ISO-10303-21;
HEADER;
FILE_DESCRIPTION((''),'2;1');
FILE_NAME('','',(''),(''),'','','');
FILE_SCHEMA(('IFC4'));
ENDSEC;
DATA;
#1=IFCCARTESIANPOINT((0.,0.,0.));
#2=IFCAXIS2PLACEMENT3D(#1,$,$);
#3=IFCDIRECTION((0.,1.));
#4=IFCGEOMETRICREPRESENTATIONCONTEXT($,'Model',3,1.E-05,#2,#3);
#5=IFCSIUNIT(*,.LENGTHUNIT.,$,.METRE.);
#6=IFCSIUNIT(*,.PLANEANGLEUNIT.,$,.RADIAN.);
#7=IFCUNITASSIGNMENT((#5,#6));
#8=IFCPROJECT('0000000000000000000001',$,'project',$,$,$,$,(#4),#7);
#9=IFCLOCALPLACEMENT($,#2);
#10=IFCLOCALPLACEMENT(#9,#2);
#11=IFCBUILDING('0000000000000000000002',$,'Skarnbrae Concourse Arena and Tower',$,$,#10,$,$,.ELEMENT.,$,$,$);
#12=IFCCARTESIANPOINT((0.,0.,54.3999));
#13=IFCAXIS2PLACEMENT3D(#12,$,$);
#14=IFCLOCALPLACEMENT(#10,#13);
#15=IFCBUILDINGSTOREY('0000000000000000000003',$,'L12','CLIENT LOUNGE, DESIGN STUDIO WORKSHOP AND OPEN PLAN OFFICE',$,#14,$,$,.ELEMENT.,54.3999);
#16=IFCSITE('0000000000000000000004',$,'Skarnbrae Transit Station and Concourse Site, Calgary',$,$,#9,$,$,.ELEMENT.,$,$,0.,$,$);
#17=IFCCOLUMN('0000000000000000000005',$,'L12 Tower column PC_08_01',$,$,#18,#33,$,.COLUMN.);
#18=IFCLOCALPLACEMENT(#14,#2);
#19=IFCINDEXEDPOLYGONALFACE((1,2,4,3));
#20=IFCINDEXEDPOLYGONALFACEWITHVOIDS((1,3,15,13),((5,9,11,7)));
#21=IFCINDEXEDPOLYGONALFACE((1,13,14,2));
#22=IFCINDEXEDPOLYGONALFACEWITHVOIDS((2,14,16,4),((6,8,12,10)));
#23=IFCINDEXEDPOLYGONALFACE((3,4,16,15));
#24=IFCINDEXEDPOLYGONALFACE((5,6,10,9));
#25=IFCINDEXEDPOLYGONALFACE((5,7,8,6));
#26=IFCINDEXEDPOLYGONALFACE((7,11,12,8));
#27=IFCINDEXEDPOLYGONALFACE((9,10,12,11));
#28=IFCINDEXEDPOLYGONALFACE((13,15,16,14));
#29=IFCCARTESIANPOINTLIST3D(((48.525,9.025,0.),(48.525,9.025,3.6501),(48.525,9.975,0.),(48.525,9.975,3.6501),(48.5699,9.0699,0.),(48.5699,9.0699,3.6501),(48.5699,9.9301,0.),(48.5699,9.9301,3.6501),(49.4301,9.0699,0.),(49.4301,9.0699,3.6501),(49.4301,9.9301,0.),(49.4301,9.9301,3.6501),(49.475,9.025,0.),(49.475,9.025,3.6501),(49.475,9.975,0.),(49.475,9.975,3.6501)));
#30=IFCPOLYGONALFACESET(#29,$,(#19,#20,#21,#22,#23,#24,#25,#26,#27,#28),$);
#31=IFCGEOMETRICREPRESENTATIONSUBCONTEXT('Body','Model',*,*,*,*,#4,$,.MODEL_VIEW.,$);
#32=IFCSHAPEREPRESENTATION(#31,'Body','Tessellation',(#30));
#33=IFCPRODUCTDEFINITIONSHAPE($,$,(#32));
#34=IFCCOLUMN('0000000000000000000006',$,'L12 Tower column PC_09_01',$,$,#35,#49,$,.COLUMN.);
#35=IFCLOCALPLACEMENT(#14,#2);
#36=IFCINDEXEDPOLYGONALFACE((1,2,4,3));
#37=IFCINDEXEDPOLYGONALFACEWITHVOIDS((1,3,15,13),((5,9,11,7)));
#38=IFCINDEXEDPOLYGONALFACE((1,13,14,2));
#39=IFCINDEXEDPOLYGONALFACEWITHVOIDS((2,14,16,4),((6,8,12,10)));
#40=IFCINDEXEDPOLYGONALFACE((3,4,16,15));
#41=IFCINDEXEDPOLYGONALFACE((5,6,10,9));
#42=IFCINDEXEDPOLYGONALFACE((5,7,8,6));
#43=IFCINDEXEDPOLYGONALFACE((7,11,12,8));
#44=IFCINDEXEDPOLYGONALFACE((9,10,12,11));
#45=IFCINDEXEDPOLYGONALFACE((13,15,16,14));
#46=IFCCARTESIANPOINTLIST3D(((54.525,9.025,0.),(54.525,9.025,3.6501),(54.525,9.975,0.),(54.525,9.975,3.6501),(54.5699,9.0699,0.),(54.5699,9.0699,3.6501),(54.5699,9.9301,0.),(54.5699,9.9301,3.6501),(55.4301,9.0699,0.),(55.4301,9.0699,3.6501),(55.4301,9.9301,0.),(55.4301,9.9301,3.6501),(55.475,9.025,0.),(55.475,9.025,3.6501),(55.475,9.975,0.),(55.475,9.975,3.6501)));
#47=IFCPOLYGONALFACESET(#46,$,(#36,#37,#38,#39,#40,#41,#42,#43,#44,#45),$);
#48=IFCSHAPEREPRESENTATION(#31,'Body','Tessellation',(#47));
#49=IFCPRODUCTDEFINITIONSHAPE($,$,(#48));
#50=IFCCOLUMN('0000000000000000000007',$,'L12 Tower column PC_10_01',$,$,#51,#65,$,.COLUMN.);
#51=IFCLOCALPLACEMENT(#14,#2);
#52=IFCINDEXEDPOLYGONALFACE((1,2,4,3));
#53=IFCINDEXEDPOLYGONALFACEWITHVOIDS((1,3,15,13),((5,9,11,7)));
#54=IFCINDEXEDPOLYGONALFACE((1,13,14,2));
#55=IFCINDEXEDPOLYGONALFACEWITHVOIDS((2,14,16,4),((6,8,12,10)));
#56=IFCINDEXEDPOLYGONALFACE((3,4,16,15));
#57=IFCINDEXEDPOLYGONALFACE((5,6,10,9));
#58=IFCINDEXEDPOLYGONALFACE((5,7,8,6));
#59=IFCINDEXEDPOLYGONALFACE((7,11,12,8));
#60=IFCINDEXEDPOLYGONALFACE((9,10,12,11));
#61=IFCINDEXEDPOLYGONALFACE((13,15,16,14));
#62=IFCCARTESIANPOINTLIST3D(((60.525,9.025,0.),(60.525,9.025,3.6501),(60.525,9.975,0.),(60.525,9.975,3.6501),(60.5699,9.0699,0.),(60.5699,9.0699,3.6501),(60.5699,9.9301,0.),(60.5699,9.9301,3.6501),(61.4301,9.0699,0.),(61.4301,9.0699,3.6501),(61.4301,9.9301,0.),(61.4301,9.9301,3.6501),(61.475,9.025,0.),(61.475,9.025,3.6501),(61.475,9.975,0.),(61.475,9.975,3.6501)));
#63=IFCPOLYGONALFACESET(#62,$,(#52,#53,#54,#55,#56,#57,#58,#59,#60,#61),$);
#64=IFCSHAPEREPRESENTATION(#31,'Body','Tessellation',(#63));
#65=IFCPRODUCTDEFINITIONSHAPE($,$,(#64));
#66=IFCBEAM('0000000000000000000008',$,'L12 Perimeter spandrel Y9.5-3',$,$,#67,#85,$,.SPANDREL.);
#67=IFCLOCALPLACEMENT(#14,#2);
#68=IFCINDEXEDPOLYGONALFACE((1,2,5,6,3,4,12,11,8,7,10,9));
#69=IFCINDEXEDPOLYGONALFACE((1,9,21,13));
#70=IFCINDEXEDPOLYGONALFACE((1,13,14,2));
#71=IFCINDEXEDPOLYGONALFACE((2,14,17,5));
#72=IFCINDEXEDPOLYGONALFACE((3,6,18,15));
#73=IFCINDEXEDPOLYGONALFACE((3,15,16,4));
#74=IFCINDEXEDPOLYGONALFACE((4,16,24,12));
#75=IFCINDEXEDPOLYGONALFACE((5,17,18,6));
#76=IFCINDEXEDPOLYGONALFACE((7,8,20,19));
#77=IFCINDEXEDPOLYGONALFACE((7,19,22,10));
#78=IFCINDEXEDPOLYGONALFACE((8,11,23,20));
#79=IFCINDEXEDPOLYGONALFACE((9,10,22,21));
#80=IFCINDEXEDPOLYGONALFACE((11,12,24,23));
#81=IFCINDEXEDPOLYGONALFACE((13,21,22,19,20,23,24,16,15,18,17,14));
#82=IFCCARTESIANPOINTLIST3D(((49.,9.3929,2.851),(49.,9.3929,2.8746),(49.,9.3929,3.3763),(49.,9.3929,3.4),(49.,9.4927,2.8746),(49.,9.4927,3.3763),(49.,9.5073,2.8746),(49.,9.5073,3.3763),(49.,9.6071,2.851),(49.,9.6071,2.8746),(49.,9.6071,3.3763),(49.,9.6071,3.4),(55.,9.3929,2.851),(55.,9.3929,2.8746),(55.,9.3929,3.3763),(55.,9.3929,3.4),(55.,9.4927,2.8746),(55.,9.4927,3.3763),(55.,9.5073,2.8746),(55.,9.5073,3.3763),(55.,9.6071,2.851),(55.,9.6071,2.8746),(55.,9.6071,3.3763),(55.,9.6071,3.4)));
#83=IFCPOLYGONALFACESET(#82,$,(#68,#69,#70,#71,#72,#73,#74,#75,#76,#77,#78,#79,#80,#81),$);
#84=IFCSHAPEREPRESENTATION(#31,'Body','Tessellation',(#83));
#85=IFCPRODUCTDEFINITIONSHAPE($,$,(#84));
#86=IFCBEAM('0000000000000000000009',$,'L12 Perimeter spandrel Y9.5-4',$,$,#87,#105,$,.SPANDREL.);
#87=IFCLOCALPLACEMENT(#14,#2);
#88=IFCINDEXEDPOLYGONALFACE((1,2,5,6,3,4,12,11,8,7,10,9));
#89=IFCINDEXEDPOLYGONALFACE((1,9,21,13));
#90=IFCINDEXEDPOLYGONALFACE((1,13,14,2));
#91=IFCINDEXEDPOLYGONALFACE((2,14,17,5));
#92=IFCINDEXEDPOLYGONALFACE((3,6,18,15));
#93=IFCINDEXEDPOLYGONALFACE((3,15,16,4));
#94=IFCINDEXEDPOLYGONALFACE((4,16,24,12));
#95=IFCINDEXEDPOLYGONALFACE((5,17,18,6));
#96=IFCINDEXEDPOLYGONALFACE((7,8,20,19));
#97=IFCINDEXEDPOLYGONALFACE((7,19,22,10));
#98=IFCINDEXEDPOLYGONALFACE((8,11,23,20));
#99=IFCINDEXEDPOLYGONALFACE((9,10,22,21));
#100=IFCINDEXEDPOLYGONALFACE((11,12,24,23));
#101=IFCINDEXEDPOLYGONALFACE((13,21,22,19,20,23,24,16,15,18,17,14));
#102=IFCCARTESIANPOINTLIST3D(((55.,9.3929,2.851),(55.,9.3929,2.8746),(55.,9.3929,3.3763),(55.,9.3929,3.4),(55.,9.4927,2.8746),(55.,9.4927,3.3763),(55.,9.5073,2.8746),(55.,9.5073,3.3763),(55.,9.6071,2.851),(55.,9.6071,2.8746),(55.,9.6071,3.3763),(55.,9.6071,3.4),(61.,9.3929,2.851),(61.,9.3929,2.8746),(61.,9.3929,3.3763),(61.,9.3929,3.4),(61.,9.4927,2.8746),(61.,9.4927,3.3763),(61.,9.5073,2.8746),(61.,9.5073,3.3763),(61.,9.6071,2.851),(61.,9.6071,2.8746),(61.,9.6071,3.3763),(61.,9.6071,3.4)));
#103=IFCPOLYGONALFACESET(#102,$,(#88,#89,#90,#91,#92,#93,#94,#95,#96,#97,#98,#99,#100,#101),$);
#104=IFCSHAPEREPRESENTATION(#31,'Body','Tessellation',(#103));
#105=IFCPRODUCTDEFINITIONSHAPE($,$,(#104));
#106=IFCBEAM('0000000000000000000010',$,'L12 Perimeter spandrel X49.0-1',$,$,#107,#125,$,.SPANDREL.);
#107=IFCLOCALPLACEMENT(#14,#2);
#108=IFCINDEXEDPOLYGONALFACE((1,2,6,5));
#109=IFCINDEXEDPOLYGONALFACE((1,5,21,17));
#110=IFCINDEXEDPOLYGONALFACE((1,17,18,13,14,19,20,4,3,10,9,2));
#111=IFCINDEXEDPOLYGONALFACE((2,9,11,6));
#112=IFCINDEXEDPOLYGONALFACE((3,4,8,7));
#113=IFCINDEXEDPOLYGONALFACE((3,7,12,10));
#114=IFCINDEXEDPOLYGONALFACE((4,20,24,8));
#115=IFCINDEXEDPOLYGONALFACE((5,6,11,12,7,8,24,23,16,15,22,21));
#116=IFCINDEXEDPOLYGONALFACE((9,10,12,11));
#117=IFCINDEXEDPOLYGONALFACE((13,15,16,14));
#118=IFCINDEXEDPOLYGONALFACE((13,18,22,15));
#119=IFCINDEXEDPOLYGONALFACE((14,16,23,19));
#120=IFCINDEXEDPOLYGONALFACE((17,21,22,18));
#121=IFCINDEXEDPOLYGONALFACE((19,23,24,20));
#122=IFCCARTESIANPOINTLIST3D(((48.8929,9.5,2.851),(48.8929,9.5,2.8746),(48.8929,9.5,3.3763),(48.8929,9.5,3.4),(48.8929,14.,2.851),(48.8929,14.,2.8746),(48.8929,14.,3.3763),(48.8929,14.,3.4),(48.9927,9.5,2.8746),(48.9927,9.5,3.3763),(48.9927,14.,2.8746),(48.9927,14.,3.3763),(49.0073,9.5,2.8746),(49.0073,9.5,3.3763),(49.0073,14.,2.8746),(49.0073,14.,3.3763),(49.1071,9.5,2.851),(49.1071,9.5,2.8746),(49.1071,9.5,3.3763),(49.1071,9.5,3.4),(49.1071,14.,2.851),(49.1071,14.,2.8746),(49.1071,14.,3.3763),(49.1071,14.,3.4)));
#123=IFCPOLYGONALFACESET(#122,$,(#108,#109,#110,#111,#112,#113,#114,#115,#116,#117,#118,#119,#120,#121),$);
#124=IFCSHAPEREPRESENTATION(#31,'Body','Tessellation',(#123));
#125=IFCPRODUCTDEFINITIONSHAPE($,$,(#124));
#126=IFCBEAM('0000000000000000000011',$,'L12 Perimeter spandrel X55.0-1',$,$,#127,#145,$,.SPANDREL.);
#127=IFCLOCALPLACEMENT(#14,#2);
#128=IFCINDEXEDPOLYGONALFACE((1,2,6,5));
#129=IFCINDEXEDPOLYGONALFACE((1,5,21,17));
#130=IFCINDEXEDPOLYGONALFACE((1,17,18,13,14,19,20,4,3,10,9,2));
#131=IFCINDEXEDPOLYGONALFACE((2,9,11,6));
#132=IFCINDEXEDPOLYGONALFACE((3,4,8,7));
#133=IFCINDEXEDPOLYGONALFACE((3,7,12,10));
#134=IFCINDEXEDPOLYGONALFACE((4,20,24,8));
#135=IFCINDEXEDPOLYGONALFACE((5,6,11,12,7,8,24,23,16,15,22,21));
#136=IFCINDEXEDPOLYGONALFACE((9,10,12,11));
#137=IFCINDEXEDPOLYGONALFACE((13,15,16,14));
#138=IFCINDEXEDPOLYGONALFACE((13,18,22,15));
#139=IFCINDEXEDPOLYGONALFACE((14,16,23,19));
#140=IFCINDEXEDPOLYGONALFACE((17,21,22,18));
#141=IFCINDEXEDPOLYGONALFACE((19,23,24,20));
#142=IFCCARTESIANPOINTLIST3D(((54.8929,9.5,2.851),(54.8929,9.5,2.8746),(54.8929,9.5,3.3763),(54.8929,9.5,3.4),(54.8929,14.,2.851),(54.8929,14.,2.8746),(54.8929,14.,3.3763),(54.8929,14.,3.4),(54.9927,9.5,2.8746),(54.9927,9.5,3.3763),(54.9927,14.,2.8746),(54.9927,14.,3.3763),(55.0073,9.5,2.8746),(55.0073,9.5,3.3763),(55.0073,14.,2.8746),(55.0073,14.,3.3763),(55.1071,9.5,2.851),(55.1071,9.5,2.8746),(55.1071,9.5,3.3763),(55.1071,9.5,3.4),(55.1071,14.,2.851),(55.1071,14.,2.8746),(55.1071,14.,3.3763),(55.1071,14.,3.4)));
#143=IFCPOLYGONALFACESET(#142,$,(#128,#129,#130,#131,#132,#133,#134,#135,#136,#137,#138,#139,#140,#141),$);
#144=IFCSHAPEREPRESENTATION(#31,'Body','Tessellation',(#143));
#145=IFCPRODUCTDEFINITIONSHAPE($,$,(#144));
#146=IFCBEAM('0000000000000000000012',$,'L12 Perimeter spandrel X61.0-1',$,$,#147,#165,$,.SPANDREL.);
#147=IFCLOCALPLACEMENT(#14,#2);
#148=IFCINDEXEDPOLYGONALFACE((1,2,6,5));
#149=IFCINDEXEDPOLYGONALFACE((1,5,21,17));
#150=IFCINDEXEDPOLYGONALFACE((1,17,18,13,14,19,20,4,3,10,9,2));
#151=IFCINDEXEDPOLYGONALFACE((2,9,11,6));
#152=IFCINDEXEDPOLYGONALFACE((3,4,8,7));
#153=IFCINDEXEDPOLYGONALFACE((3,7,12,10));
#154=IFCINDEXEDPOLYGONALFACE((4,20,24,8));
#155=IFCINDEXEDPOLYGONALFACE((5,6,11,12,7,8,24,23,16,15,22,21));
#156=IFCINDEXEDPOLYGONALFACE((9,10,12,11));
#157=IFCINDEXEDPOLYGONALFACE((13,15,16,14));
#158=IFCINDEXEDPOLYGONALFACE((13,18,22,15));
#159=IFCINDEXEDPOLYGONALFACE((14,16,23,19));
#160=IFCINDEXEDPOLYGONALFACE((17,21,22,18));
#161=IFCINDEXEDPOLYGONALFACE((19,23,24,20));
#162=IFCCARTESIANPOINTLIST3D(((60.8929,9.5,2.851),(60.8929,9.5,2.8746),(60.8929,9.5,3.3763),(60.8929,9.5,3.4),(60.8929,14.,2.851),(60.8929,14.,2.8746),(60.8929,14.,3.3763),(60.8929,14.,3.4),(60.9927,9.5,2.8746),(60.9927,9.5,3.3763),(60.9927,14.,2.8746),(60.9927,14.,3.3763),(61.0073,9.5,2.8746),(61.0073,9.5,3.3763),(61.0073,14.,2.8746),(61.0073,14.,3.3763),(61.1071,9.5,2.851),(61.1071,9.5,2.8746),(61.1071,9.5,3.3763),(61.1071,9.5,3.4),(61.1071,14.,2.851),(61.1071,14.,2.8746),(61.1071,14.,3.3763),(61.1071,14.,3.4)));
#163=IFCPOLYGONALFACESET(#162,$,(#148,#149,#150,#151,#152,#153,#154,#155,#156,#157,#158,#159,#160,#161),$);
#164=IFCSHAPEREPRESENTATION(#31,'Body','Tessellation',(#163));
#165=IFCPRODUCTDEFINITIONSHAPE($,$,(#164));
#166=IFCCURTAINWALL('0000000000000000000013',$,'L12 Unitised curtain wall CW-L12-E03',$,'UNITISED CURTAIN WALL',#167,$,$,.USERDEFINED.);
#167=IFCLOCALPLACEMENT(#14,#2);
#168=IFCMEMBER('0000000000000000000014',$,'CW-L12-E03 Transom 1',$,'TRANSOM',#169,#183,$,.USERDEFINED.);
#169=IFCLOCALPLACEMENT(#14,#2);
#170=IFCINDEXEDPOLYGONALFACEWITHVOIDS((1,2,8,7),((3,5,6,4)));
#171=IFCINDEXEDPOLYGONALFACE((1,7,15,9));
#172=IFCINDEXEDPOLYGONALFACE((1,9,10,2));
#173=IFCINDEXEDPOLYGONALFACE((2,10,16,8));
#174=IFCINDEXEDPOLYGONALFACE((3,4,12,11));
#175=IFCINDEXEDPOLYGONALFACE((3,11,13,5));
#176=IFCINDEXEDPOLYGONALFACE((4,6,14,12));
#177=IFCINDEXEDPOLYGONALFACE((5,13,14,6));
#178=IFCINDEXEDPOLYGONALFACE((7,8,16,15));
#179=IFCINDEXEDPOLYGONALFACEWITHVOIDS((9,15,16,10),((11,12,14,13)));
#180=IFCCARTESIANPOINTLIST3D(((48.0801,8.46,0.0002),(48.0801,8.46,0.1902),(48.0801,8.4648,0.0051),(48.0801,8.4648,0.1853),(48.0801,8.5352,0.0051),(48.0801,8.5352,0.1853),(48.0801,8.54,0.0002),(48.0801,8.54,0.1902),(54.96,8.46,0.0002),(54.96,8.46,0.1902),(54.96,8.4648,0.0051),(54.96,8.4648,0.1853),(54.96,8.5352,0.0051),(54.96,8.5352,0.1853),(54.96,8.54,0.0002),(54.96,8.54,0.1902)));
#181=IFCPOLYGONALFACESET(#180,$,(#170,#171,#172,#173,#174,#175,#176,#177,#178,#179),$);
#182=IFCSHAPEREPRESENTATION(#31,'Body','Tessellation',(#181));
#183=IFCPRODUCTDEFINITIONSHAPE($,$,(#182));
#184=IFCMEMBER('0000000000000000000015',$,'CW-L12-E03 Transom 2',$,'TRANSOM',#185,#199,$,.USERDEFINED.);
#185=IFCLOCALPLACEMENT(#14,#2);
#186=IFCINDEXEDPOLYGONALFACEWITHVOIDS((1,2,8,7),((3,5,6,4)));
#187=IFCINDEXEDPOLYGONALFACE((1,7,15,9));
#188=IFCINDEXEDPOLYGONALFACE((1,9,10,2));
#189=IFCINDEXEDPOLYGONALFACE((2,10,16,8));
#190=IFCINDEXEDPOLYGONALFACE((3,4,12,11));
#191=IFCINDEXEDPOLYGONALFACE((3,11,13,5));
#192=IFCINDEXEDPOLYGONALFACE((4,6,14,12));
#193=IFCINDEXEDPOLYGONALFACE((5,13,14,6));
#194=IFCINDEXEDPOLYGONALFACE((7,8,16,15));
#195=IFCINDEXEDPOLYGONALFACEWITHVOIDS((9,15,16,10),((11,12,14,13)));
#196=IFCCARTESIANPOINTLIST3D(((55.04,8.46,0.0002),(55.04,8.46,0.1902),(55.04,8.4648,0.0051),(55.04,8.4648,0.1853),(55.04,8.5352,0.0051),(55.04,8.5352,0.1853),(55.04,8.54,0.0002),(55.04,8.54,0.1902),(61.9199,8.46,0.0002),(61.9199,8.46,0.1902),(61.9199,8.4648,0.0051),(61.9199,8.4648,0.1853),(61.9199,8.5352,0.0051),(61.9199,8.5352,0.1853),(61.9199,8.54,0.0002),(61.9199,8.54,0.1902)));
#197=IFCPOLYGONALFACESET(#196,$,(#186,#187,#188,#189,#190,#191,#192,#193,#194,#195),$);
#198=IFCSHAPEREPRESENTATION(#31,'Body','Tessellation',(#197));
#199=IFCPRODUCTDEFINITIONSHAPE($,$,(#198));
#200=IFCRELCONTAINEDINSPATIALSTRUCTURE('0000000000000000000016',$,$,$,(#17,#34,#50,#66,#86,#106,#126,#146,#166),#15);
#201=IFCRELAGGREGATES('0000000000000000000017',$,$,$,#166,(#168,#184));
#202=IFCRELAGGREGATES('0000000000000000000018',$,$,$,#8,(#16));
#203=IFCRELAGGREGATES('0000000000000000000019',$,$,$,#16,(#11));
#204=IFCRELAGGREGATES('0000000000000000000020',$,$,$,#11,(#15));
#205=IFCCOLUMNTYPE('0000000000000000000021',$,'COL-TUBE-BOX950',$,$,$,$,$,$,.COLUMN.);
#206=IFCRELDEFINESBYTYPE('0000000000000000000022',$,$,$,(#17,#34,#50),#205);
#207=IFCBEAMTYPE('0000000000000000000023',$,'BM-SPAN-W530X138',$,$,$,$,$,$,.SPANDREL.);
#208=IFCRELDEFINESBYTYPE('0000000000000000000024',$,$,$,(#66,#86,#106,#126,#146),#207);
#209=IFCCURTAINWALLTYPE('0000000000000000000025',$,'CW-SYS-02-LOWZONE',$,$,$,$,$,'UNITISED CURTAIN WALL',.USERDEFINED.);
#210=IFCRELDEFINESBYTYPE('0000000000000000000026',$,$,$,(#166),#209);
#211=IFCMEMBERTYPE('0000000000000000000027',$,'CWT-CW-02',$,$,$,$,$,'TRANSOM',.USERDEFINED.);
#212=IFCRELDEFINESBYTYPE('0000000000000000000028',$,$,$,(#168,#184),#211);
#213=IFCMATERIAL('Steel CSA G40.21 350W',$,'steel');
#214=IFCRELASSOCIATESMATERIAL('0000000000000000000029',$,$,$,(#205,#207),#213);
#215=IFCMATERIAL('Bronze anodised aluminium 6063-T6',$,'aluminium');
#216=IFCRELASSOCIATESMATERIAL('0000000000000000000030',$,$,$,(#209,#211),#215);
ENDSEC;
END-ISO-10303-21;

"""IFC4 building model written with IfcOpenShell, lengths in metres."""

from ifc_helpers import new_model, si_unit, direction, frame, origin, origin_2d, place, context, subcontext, project, spatial, hollow_rectangle, i_section, extrude, source, transform, mapped, material, material_profile, profile_set, type_object, element, aggregate, save


model = new_model("IFC4")

# Units and contexts
model_context = context("Model", 3, precision=1e-05, world=origin(), true_north=direction((0.0, 1.0)))
body_context = subcontext(model_context, "Body", "Model", "MODEL_VIEW")
ifc_project = project(units=[si_unit("LENGTHUNIT", "METRE"), si_unit("PLANEANGLEUNIT", "RADIAN")], contexts=[model_context])

# Site, building, storey
site_placement = place(None, origin())
site = spatial("IfcSite", under=ifc_project, at=site_placement, Name="Skarnbrae Transit Station and Concourse Site, Calgary", CompositionType="ELEMENT", RefElevation=0.0)
building_placement = place(site_placement, origin())
building = spatial("IfcBuilding", under=site, at=building_placement, Name="Skarnbrae Concourse Arena and Tower", CompositionType="ELEMENT")
storey_placement = place(building_placement, frame((0.0, 0.0, 54.3999)))
storey = spatial("IfcBuildingStorey", under=building, at=storey_placement, Name="L12", Description="CLIENT LOUNGE, DESIGN STUDIO WORKSHOP AND OPEN PLAN OFFICE", CompositionType="ELEMENT", Elevation=54.3999)

# Columns
ifc_material_1 = material(Name="Steel CSA G40.21 350W", Category="steel")
ifc_material_profile_1 = material_profile(ifc_material_1, hollow_rectangle(XDim=0.95, YDim=0.95, WallThickness=0.0449, at=origin_2d()), Name="BOX950X950X45")
ifc_profile_set_1 = profile_set([ifc_material_profile_1], Name="Steel CSA G40.21 350W")
column_type = type_object("IfcColumnType", Name="COL-TUBE-BOX950", PredefinedType="COLUMN", material=ifc_profile_set_1)
shared_shape_1 = source(origin(), body_context, "Body", "SweptSolid", [
    extrude(hollow_rectangle(XDim=0.95, YDim=0.95, WallThickness=0.0449, at=origin_2d()), origin(), (0.0, 0.0, 1.0), 3.6501),
])
for number, where, z_axis, x_axis, name in (
    (1, (49.0, 9.5, 0.0), (0.0, 0.0, 1.0), (1.0, 0.0, 0.0), "L12 Tower column PC_08_01"),
    (2, (55.0, 9.5, 0.0), (0.0, 0.0, 1.0), (1.0, 0.0, 0.0), "L12 Tower column PC_09_01"),
    (3, (61.0, 9.5, 0.0), (0.0, 0.0, 1.0), (1.0, 0.0, 0.0), "L12 Tower column PC_10_01"),
):
    element("IfcColumn", number, at=place(storey_placement, frame(where, z_axis=z_axis, x_axis=x_axis)), inside=storey, type_object=column_type, Name=name, PredefinedType="COLUMN", context=body_context, shape_type="MappedRepresentation", body=[
        mapped(shared_shape_1, transform((0.0, 0.0, 0.0))),
    ])

# Beams
ifc_material_profile_2 = material_profile(ifc_material_1, i_section(OverallWidth=0.2141, OverallDepth=0.5491, WebThickness=0.0146, FlangeThickness=0.0237, at=origin_2d()), Name="W530X138")
ifc_profile_set_2 = profile_set([ifc_material_profile_2], Name="Steel CSA G40.21 350W")
beam_type = type_object("IfcBeamType", Name="BM-SPAN-W530X138", PredefinedType="SPANDREL", material=ifc_profile_set_2)
shared_shape_2 = source(origin(), body_context, "Body", "SweptSolid", [
    extrude(i_section(OverallWidth=0.2141, OverallDepth=0.5491, WebThickness=0.0146, FlangeThickness=0.0237, at=origin_2d()), origin(), (0.0, 0.0, 1.0), 6.0),
])
for number, where, z_axis, x_axis, name in (
    (4, (49.0, 9.5, 3.1255), (1.0, 0.0, 0.0), (0.0, 1.0, 0.0), "L12 Perimeter spandrel Y9.5-3"),
    (5, (55.0, 9.5, 3.1255), (1.0, 0.0, 0.0), (0.0, 1.0, 0.0), "L12 Perimeter spandrel Y9.5-4"),
):
    element("IfcBeam", number, at=place(storey_placement, frame(where, z_axis=z_axis, x_axis=x_axis)), inside=storey, type_object=beam_type, Name=name, PredefinedType="SPANDREL", context=body_context, shape_type="MappedRepresentation", body=[
        mapped(shared_shape_2, transform((0.0, 0.0, 0.0))),
    ])
shared_shape_3 = source(origin(), body_context, "Body", "SweptSolid", [
    extrude(i_section(OverallWidth=0.2141, OverallDepth=0.5491, WebThickness=0.0146, FlangeThickness=0.0237, at=origin_2d()), origin(), (0.0, 0.0, 1.0), 4.5),
])
for number, where, z_axis, x_axis, name in (
    (6, (49.0, 9.5, 3.1255), (0.0, 1.0, 0.0), (-1.0, 0.0, 0.0), "L12 Perimeter spandrel X49.0-1"),
    (7, (55.0, 9.5, 3.1255), (0.0, 1.0, 0.0), (-1.0, 0.0, 0.0), "L12 Perimeter spandrel X55.0-1"),
    (8, (61.0, 9.5, 3.1255), (0.0, 1.0, 0.0), (-1.0, 0.0, 0.0), "L12 Perimeter spandrel X61.0-1"),
):
    element("IfcBeam", number, at=place(storey_placement, frame(where, z_axis=z_axis, x_axis=x_axis)), inside=storey, type_object=beam_type, Name=name, PredefinedType="SPANDREL", context=body_context, shape_type="MappedRepresentation", body=[
        mapped(shared_shape_3, transform((0.0, 0.0, 0.0))),
    ])

# Curtain wall, members
ifc_material_2 = material(Name="Bronze anodised aluminium 6063-T6", Category="aluminium")
curtain_wall_type = type_object("IfcCurtainWallType", Name="CW-SYS-02-LOWZONE", ElementType="UNITISED CURTAIN WALL", PredefinedType="USERDEFINED", material=ifc_material_2)
curtain_wall_1_placement = place(storey_placement, origin())
curtain_wall_1 = element("IfcCurtainWall", 9, at=curtain_wall_1_placement, inside=storey, type_object=curtain_wall_type, Name="L12 Unitised curtain wall CW-L12-E03", ObjectType="UNITISED CURTAIN WALL", PredefinedType="USERDEFINED")
ifc_material_profile_3 = material_profile(ifc_material_2, hollow_rectangle(XDim=0.0801, YDim=0.1899, WallThickness=0.0049, at=origin_2d()), Name="ALU-TRAN-80X190")
ifc_profile_set_3 = profile_set([ifc_material_profile_3], Name="Bronze anodised aluminium 6063-T6")
member_type_1 = type_object("IfcMemberType", Name="CWT-CW-02", ElementType="TRANSOM", PredefinedType="USERDEFINED", material=ifc_profile_set_3)
shared_shape_4 = source(origin(), body_context, "Body", "SweptSolid", [
    extrude(hollow_rectangle(XDim=0.0801, YDim=0.1899, WallThickness=0.0049, at=origin_2d()), origin(), (0.0, 0.0, 1.0), 6.8799),
])
member_1_placement = place(storey_placement, frame((48.0801, 8.5, 0.0952), z_axis=(1.0, 0.0, 0.0), x_axis=(0.0, 1.0, 0.0)))
member_1 = element("IfcMember", 10, at=member_1_placement, type_object=member_type_1, Name="CW-L12-E03 Transom 1", ObjectType="TRANSOM", PredefinedType="USERDEFINED", context=body_context, shape_type="MappedRepresentation", body=[
    mapped(shared_shape_4, transform((0.0, 0.0, 0.0))),
])
member_2_placement = place(storey_placement, frame((55.04, 8.5, 0.0952), z_axis=(1.0, 0.0, 0.0), x_axis=(0.0, 1.0, 0.0)))
member_2 = element("IfcMember", 11, at=member_2_placement, type_object=member_type_1, Name="CW-L12-E03 Transom 2", ObjectType="TRANSOM", PredefinedType="USERDEFINED", context=body_context, shape_type="MappedRepresentation", body=[
    mapped(shared_shape_4, transform((0.0, 0.0, 0.0))),
])

aggregate(curtain_wall_1, [member_1, member_2])

save(model, "model.ifc")
